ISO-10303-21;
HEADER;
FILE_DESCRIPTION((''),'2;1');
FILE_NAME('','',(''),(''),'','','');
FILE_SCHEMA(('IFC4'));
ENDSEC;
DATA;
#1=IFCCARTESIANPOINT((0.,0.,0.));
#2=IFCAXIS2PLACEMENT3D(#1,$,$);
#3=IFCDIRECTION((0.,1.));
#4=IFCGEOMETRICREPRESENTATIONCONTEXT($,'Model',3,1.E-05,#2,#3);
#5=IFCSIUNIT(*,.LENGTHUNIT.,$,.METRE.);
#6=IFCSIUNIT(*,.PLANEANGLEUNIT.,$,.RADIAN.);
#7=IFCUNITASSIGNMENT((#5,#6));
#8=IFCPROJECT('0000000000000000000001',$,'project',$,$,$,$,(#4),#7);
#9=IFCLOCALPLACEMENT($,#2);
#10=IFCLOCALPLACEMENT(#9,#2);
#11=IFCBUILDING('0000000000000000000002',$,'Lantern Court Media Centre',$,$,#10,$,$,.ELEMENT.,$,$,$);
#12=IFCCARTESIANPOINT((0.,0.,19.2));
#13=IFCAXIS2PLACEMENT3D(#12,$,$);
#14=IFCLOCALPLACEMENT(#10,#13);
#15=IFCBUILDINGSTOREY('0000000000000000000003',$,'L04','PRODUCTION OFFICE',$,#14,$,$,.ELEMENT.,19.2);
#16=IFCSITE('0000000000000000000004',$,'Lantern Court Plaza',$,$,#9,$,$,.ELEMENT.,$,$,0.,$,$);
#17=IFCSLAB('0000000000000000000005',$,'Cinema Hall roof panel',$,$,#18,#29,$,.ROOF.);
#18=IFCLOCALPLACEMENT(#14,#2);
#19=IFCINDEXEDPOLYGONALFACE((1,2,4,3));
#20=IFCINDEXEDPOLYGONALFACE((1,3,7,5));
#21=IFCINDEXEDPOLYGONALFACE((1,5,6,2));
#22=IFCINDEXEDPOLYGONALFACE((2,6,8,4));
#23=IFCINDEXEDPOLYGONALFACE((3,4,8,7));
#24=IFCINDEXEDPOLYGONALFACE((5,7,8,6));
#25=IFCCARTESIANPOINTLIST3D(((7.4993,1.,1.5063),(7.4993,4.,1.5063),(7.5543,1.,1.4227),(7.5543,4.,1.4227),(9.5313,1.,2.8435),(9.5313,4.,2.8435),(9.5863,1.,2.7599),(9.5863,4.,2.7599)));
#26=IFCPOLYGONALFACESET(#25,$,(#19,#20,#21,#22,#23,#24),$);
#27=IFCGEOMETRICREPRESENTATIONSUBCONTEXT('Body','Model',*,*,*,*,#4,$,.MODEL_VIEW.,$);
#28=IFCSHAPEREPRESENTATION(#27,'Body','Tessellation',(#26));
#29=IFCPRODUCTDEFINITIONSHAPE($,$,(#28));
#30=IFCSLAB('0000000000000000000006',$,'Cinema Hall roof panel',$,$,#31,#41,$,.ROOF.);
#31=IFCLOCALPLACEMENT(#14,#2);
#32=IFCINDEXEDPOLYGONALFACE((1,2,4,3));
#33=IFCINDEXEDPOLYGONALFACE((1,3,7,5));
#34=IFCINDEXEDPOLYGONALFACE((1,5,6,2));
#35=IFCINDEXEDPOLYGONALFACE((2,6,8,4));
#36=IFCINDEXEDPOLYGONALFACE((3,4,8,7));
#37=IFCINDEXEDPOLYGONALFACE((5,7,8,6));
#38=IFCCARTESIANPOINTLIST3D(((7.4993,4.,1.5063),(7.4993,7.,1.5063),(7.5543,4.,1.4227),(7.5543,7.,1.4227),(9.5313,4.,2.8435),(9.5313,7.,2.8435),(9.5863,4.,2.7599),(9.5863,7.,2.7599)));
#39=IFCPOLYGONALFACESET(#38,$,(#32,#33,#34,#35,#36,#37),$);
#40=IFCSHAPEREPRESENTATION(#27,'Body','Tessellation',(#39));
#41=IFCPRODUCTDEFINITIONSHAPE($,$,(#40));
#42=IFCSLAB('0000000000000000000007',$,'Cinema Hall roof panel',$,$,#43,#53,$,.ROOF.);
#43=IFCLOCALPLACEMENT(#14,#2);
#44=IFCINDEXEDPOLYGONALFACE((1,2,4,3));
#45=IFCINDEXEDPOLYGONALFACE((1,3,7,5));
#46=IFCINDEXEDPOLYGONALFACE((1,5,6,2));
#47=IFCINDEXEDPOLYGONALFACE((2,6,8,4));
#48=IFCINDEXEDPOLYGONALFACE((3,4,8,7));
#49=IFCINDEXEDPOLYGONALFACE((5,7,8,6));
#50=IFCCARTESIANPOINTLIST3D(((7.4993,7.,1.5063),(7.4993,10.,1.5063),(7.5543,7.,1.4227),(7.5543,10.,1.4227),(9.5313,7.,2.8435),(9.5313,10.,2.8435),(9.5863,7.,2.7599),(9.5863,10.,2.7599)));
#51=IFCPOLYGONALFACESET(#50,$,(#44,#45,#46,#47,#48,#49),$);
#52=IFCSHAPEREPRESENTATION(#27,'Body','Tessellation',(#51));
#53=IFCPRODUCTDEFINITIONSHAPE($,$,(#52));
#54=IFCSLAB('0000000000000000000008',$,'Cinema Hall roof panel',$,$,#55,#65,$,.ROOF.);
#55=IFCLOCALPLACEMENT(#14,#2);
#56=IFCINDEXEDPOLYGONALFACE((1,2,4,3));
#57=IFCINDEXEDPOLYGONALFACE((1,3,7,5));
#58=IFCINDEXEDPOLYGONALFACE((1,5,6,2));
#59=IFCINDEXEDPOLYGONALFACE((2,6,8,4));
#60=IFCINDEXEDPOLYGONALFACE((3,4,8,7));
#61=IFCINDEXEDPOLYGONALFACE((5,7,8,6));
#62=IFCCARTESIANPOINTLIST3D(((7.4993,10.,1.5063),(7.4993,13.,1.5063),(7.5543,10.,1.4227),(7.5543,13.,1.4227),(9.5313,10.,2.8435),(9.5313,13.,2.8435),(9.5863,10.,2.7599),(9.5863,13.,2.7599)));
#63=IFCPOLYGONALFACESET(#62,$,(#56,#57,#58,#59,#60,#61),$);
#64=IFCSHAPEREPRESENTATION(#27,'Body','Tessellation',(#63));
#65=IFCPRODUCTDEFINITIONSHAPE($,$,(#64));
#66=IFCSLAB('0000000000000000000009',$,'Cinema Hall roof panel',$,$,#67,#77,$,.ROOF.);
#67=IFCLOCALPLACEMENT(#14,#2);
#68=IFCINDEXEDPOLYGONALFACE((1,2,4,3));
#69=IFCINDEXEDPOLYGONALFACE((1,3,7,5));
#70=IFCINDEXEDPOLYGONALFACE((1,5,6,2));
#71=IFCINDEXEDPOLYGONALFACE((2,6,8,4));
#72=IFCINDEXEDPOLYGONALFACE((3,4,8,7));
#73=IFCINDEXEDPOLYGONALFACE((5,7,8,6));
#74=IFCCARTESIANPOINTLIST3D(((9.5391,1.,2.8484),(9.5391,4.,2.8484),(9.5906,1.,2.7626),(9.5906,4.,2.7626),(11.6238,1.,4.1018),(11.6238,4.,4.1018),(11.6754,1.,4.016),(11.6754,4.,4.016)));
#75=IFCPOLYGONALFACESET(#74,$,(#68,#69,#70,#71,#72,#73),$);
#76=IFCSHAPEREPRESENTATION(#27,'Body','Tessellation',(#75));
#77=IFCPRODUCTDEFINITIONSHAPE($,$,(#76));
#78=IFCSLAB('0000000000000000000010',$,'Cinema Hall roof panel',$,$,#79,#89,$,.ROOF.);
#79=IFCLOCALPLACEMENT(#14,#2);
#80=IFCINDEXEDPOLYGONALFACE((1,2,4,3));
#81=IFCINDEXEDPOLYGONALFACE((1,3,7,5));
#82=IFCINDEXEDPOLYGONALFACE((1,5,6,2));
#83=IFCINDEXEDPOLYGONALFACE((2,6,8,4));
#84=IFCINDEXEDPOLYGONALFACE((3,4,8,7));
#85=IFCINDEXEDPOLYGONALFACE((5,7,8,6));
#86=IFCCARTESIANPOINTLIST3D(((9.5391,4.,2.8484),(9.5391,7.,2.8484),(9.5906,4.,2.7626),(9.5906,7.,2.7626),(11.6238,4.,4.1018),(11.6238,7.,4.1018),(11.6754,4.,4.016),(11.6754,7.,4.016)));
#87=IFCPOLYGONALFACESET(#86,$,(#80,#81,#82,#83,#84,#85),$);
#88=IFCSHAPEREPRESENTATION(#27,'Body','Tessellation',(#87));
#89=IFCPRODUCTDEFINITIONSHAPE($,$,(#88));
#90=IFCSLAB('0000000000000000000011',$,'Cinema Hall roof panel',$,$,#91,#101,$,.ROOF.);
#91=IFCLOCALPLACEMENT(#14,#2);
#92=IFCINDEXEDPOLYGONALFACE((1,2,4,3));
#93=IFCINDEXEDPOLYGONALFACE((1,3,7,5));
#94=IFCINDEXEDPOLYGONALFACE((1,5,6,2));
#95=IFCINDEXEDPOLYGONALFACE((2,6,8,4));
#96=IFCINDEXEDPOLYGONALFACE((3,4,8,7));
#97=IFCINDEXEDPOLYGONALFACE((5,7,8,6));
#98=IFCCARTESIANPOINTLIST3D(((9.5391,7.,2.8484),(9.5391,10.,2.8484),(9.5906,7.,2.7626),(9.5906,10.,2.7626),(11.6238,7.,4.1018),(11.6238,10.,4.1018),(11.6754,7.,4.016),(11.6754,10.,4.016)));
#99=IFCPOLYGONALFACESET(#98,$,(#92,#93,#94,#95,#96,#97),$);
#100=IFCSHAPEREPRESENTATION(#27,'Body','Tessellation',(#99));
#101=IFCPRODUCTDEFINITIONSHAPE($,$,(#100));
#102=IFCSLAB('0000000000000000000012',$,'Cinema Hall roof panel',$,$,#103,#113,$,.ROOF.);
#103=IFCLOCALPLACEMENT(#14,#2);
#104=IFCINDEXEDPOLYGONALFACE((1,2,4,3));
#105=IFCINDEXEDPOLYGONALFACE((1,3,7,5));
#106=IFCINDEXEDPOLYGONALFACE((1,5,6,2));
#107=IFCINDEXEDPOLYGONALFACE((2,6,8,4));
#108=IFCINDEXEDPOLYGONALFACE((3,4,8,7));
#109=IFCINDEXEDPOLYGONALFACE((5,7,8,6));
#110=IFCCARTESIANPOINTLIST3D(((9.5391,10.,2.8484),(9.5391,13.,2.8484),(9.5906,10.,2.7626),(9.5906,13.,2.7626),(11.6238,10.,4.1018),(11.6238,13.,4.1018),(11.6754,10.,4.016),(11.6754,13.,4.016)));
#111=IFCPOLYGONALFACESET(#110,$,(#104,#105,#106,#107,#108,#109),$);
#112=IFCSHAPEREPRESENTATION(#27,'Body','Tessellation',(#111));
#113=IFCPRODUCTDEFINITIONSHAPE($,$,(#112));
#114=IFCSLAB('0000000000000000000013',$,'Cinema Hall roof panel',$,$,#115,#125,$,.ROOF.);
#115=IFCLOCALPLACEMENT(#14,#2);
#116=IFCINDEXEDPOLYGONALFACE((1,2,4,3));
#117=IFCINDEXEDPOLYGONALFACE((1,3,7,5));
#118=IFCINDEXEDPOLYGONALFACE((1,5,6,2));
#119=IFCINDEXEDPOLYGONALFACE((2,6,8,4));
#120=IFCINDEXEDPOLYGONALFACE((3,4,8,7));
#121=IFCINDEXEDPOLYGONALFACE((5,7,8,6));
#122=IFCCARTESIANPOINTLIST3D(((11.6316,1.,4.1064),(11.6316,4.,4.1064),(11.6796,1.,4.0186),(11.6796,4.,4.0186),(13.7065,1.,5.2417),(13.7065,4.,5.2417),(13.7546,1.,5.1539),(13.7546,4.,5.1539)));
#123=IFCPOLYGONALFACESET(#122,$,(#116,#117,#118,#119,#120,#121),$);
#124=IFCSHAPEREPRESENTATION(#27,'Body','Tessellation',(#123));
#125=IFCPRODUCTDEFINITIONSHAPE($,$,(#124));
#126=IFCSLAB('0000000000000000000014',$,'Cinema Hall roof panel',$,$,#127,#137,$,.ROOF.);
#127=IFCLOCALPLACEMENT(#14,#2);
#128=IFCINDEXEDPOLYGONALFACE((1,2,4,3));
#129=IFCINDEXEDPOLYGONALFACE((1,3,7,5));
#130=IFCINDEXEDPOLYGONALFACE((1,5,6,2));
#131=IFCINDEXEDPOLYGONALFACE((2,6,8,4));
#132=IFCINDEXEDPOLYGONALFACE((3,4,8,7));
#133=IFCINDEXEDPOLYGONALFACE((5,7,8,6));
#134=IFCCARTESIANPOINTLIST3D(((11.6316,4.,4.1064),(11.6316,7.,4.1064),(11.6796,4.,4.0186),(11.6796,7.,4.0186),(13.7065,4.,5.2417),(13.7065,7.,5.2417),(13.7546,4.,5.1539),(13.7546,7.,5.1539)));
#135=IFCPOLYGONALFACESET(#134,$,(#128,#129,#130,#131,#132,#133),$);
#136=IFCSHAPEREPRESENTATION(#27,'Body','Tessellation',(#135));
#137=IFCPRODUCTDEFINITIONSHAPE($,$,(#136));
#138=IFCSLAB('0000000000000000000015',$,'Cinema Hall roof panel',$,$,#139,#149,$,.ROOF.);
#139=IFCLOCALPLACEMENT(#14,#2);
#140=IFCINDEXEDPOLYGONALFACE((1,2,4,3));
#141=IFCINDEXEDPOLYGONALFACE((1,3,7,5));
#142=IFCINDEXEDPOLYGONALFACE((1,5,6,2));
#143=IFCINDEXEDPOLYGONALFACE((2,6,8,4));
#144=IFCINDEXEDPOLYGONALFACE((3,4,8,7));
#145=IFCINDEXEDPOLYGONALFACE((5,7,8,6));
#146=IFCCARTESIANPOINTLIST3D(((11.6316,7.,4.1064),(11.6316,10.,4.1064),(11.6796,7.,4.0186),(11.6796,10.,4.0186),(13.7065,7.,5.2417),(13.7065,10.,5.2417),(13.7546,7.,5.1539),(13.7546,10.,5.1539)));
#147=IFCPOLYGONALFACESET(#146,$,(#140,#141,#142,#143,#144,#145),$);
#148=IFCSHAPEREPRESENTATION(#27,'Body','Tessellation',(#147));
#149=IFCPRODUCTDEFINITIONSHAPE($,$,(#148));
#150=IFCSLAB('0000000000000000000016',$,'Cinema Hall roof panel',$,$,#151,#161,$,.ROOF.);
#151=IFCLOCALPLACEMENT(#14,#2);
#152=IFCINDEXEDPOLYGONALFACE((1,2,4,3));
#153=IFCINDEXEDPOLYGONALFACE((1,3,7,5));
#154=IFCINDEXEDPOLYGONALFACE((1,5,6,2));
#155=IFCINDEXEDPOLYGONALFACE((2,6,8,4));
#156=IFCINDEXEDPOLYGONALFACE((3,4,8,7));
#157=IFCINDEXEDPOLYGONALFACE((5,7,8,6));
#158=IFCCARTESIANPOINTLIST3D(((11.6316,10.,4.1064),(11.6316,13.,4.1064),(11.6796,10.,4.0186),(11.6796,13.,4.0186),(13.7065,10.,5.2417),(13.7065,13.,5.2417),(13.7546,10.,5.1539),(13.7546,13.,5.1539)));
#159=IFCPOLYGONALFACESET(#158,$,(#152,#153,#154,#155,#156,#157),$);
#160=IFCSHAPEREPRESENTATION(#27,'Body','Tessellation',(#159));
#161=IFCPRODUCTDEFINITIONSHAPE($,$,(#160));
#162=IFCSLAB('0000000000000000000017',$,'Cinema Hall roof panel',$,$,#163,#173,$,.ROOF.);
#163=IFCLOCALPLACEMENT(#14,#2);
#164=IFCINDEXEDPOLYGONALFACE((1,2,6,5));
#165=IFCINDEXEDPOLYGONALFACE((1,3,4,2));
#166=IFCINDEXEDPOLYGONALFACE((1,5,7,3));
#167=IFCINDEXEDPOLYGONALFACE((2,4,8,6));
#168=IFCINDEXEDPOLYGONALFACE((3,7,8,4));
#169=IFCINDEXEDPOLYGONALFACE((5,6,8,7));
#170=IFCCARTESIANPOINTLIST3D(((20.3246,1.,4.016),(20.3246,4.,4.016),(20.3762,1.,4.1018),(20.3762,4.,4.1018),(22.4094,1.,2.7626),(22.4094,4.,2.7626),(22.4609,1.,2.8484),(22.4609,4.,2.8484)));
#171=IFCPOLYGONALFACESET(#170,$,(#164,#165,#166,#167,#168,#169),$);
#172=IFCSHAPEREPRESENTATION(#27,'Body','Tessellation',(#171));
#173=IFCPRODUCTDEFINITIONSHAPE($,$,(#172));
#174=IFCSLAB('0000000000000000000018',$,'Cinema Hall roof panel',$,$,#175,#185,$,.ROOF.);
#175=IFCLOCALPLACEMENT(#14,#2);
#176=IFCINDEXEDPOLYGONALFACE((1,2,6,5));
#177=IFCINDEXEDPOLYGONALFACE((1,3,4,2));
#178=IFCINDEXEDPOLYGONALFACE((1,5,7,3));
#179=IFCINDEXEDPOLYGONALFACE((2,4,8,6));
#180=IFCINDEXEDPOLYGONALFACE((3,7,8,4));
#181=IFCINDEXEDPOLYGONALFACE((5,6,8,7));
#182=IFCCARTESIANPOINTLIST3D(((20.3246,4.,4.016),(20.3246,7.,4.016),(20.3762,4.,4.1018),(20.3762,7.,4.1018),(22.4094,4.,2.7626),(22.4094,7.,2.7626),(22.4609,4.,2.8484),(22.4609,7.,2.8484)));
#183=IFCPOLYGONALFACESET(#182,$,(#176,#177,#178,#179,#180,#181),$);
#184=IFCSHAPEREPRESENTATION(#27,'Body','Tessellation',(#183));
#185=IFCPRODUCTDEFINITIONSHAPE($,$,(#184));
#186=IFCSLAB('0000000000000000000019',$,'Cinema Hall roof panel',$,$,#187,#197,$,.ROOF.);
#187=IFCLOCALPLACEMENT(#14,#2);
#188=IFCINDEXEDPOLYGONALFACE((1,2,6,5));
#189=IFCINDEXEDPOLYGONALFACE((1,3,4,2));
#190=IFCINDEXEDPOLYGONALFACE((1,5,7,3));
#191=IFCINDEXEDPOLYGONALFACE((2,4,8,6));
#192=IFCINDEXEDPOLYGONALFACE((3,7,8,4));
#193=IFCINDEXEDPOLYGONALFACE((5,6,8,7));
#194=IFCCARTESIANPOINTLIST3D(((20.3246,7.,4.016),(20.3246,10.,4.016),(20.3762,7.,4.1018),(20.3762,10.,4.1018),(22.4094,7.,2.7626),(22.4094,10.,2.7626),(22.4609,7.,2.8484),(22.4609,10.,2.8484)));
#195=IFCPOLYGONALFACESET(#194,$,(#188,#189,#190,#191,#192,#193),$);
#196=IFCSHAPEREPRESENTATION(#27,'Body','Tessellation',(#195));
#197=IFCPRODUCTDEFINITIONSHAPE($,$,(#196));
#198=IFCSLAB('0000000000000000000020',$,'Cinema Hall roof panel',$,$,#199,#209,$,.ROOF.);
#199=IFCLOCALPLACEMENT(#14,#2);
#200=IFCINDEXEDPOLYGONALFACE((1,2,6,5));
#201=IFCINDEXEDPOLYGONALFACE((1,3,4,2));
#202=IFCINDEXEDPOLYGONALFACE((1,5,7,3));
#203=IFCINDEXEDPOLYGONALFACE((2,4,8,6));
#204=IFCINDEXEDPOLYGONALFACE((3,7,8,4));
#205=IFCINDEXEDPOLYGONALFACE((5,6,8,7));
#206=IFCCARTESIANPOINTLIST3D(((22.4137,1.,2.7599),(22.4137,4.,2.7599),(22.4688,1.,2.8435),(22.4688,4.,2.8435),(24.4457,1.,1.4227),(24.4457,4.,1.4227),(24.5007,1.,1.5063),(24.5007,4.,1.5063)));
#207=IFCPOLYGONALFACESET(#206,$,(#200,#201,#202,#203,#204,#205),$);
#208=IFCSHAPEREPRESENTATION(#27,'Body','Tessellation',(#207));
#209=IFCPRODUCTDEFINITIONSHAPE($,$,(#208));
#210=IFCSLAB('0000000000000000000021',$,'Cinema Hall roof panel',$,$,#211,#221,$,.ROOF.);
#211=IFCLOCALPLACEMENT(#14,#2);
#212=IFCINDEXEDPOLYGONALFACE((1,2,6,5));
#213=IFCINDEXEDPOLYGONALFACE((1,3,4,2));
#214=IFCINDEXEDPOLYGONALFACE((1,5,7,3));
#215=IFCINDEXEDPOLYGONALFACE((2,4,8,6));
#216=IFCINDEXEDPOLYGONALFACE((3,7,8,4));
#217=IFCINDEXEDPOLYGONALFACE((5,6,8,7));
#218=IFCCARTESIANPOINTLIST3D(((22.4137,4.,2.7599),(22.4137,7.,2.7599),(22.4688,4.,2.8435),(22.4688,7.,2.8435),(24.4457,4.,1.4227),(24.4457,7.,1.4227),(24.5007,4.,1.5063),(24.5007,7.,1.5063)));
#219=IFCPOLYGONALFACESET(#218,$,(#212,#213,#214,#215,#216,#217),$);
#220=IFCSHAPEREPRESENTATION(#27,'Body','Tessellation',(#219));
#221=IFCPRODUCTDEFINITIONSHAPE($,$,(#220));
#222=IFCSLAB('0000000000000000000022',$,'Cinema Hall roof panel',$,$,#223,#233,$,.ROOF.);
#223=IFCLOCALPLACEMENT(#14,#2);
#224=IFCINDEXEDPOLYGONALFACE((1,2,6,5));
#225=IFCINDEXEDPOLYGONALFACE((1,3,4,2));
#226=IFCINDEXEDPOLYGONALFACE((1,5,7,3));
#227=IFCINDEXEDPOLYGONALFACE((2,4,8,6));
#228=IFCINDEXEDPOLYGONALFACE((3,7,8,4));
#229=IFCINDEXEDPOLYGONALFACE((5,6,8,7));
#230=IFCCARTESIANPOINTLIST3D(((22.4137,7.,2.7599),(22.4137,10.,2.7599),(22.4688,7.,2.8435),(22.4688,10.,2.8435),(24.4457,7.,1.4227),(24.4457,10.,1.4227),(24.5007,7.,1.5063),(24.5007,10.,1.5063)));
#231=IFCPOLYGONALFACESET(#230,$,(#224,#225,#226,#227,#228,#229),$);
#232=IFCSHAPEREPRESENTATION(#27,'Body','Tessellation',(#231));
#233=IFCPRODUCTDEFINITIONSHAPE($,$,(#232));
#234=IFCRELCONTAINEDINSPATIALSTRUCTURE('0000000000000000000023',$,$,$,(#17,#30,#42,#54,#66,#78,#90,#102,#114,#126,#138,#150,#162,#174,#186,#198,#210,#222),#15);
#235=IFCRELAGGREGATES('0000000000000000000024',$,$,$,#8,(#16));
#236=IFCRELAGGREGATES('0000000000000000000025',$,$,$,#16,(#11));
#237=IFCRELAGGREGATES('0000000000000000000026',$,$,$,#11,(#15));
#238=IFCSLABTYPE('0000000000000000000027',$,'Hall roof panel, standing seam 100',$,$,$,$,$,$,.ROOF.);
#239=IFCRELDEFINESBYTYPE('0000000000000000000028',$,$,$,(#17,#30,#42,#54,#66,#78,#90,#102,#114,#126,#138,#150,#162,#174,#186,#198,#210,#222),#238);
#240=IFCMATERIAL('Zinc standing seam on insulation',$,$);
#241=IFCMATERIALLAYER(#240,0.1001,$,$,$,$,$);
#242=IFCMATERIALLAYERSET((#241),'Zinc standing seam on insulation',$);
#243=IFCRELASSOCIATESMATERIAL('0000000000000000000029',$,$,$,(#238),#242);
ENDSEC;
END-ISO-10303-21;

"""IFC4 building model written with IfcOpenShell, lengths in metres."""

from ifc_helpers import new_model, si_unit, direction, frame, origin, place, context, subcontext, project, spatial, polyline, outline, extrude, material, layer, layer_set, type_object, element, save


model = new_model("IFC4")

# Units and contexts
model_context = context("Model", 3, precision=1e-05, world=origin(), true_north=direction((0.0, 1.0)))
body_context = subcontext(model_context, "Body", "Model", "MODEL_VIEW")
ifc_project = project(units=[si_unit("LENGTHUNIT", "METRE"), si_unit("PLANEANGLEUNIT", "RADIAN")], contexts=[model_context])

# Site, building, storey
site_placement = place(None, origin())
site = spatial("IfcSite", under=ifc_project, at=site_placement, Name="Lantern Court Plaza", CompositionType="ELEMENT", RefElevation=0.0)
building_placement = place(site_placement, origin())
building = spatial("IfcBuilding", under=site, at=building_placement, Name="Lantern Court Media Centre", CompositionType="ELEMENT")
storey_placement = place(building_placement, frame((0.0, 0.0, 19.2)))
storey = spatial("IfcBuildingStorey", under=building, at=storey_placement, Name="L04", Description="PRODUCTION OFFICE", CompositionType="ELEMENT", Elevation=19.2)

# Slabs
ifc_material_1 = material(Name="Zinc standing seam on insulation")
ifc_layer_1 = layer(ifc_material_1, 0.1001)
ifc_layer_set_1 = layer_set([ifc_layer_1], Name="Zinc standing seam on insulation")
slab_type = type_object("IfcSlabType", Name="Hall roof panel, standing seam 100", PredefinedType="ROOF", material=ifc_layer_set_1)
for number, where, z_axis, x_axis, name in (
    (1, (7.4993, 1.0, 1.5063), (-0.549711, 0.0, 0.835355), (0.835355, 0.0, 0.549711), "Cinema Hall roof panel"),
    (2, (7.4993, 4.0, 1.5063), (-0.549711, 0.0, 0.835355), (0.835355, 0.0, 0.549711), "Cinema Hall roof panel"),
    (3, (7.4993, 7.0, 1.5063), (-0.549711, 0.0, 0.835355), (0.835355, 0.0, 0.549711), "Cinema Hall roof panel"),
    (4, (7.4993, 10.0, 1.5063), (-0.549711, 0.0, 0.835355), (0.835355, 0.0, 0.549711), "Cinema Hall roof panel"),
):
    element("IfcSlab", number, at=place(storey_placement, frame(where, z_axis=z_axis, x_axis=x_axis)), inside=storey, type_object=slab_type, Name=name, PredefinedType="ROOF", context=body_context, shape_type="SweptSolid", body=[
        extrude(outline(polyline([(0.0, 0.0), (2.4325, 0.0), (2.4325, 3.0), (0.0, 3.0), (0.0, 0.0)])), origin(), (0.0, 0.0, -1.0), 0.1001),
    ])
for number, where, z_axis, x_axis, name in (
    (5, (9.5391, 1.0, 2.8484), (-0.515278, 0.0, 0.857023), (0.857023, 0.0, 0.515278), "Cinema Hall roof panel"),
    (6, (9.5391, 4.0, 2.8484), (-0.515278, 0.0, 0.857023), (0.857023, 0.0, 0.515278), "Cinema Hall roof panel"),
    (7, (9.5391, 7.0, 2.8484), (-0.515278, 0.0, 0.857023), (0.857023, 0.0, 0.515278), "Cinema Hall roof panel"),
    (8, (9.5391, 10.0, 2.8484), (-0.515278, 0.0, 0.857023), (0.857023, 0.0, 0.515278), "Cinema Hall roof panel"),
):
    element("IfcSlab", number, at=place(storey_placement, frame(where, z_axis=z_axis, x_axis=x_axis)), inside=storey, type_object=slab_type, Name=name, PredefinedType="ROOF", context=body_context, shape_type="SweptSolid", body=[
        extrude(outline(polyline([(0.0, 0.0), (2.4325, 0.0), (2.4325, 3.0), (0.0, 3.0), (0.0, 0.0)])), origin(), (0.0, 0.0, -1.0), 0.1001),
    ])
for number, where, z_axis, x_axis, name in (
    (9, (11.6316, 1.0, 4.1064), (-0.47998, 0.0, 0.877279), (0.877279, 0.0, 0.47998), "Cinema Hall roof panel"),
    (10, (11.6316, 4.0, 4.1064), (-0.47998, 0.0, 0.877279), (0.877279, 0.0, 0.47998), "Cinema Hall roof panel"),
    (11, (11.6316, 7.0, 4.1064), (-0.47998, 0.0, 0.877279), (0.877279, 0.0, 0.47998), "Cinema Hall roof panel"),
    (12, (11.6316, 10.0, 4.1064), (-0.47998, 0.0, 0.877279), (0.877279, 0.0, 0.47998), "Cinema Hall roof panel"),
):
    element("IfcSlab", number, at=place(storey_placement, frame(where, z_axis=z_axis, x_axis=x_axis)), inside=storey, type_object=slab_type, Name=name, PredefinedType="ROOF", context=body_context, shape_type="SweptSolid", body=[
        extrude(outline(polyline([(0.0, 0.0), (2.3652, 0.0), (2.3652, 3.0), (0.0, 3.0), (0.0, 0.0)])), origin(), (0.0, 0.0, -1.0), 0.1001),
    ])
for number, where, z_axis, x_axis, name in (
    (13, (20.3762, 1.0, 4.1018), (0.515278, 0.0, 0.857023), (0.857023, 0.0, -0.515278), "Cinema Hall roof panel"),
    (14, (20.3762, 4.0, 4.1018), (0.515278, 0.0, 0.857023), (0.857023, 0.0, -0.515278), "Cinema Hall roof panel"),
    (15, (20.3762, 7.0, 4.1018), (0.515278, 0.0, 0.857023), (0.857023, 0.0, -0.515278), "Cinema Hall roof panel"),
):
    element("IfcSlab", number, at=place(storey_placement, frame(where, z_axis=z_axis, x_axis=x_axis)), inside=storey, type_object=slab_type, Name=name, PredefinedType="ROOF", context=body_context, shape_type="SweptSolid", body=[
        extrude(outline(polyline([(0.0, 0.0), (2.4325, 0.0), (2.4325, 3.0), (0.0, 3.0), (0.0, 0.0)])), origin(), (0.0, 0.0, -1.0), 0.1001),
    ])
for number, where, z_axis, x_axis, name in (
    (16, (22.4688, 1.0, 2.8435), (0.549711, 0.0, 0.835355), (0.835355, 0.0, -0.549711), "Cinema Hall roof panel"),
    (17, (22.4688, 4.0, 2.8435), (0.549711, 0.0, 0.835355), (0.835355, 0.0, -0.549711), "Cinema Hall roof panel"),
    (18, (22.4688, 7.0, 2.8435), (0.549711, 0.0, 0.835355), (0.835355, 0.0, -0.549711), "Cinema Hall roof panel"),
):
    element("IfcSlab", number, at=place(storey_placement, frame(where, z_axis=z_axis, x_axis=x_axis)), inside=storey, type_object=slab_type, Name=name, PredefinedType="ROOF", context=body_context, shape_type="SweptSolid", body=[
        extrude(outline(polyline([(0.0, 0.0), (2.4325, 0.0), (2.4325, 3.0), (0.0, 3.0), (0.0, 0.0)])), origin(), (0.0, 0.0, -1.0), 0.1001),
    ])

save(model, "model.ifc")
